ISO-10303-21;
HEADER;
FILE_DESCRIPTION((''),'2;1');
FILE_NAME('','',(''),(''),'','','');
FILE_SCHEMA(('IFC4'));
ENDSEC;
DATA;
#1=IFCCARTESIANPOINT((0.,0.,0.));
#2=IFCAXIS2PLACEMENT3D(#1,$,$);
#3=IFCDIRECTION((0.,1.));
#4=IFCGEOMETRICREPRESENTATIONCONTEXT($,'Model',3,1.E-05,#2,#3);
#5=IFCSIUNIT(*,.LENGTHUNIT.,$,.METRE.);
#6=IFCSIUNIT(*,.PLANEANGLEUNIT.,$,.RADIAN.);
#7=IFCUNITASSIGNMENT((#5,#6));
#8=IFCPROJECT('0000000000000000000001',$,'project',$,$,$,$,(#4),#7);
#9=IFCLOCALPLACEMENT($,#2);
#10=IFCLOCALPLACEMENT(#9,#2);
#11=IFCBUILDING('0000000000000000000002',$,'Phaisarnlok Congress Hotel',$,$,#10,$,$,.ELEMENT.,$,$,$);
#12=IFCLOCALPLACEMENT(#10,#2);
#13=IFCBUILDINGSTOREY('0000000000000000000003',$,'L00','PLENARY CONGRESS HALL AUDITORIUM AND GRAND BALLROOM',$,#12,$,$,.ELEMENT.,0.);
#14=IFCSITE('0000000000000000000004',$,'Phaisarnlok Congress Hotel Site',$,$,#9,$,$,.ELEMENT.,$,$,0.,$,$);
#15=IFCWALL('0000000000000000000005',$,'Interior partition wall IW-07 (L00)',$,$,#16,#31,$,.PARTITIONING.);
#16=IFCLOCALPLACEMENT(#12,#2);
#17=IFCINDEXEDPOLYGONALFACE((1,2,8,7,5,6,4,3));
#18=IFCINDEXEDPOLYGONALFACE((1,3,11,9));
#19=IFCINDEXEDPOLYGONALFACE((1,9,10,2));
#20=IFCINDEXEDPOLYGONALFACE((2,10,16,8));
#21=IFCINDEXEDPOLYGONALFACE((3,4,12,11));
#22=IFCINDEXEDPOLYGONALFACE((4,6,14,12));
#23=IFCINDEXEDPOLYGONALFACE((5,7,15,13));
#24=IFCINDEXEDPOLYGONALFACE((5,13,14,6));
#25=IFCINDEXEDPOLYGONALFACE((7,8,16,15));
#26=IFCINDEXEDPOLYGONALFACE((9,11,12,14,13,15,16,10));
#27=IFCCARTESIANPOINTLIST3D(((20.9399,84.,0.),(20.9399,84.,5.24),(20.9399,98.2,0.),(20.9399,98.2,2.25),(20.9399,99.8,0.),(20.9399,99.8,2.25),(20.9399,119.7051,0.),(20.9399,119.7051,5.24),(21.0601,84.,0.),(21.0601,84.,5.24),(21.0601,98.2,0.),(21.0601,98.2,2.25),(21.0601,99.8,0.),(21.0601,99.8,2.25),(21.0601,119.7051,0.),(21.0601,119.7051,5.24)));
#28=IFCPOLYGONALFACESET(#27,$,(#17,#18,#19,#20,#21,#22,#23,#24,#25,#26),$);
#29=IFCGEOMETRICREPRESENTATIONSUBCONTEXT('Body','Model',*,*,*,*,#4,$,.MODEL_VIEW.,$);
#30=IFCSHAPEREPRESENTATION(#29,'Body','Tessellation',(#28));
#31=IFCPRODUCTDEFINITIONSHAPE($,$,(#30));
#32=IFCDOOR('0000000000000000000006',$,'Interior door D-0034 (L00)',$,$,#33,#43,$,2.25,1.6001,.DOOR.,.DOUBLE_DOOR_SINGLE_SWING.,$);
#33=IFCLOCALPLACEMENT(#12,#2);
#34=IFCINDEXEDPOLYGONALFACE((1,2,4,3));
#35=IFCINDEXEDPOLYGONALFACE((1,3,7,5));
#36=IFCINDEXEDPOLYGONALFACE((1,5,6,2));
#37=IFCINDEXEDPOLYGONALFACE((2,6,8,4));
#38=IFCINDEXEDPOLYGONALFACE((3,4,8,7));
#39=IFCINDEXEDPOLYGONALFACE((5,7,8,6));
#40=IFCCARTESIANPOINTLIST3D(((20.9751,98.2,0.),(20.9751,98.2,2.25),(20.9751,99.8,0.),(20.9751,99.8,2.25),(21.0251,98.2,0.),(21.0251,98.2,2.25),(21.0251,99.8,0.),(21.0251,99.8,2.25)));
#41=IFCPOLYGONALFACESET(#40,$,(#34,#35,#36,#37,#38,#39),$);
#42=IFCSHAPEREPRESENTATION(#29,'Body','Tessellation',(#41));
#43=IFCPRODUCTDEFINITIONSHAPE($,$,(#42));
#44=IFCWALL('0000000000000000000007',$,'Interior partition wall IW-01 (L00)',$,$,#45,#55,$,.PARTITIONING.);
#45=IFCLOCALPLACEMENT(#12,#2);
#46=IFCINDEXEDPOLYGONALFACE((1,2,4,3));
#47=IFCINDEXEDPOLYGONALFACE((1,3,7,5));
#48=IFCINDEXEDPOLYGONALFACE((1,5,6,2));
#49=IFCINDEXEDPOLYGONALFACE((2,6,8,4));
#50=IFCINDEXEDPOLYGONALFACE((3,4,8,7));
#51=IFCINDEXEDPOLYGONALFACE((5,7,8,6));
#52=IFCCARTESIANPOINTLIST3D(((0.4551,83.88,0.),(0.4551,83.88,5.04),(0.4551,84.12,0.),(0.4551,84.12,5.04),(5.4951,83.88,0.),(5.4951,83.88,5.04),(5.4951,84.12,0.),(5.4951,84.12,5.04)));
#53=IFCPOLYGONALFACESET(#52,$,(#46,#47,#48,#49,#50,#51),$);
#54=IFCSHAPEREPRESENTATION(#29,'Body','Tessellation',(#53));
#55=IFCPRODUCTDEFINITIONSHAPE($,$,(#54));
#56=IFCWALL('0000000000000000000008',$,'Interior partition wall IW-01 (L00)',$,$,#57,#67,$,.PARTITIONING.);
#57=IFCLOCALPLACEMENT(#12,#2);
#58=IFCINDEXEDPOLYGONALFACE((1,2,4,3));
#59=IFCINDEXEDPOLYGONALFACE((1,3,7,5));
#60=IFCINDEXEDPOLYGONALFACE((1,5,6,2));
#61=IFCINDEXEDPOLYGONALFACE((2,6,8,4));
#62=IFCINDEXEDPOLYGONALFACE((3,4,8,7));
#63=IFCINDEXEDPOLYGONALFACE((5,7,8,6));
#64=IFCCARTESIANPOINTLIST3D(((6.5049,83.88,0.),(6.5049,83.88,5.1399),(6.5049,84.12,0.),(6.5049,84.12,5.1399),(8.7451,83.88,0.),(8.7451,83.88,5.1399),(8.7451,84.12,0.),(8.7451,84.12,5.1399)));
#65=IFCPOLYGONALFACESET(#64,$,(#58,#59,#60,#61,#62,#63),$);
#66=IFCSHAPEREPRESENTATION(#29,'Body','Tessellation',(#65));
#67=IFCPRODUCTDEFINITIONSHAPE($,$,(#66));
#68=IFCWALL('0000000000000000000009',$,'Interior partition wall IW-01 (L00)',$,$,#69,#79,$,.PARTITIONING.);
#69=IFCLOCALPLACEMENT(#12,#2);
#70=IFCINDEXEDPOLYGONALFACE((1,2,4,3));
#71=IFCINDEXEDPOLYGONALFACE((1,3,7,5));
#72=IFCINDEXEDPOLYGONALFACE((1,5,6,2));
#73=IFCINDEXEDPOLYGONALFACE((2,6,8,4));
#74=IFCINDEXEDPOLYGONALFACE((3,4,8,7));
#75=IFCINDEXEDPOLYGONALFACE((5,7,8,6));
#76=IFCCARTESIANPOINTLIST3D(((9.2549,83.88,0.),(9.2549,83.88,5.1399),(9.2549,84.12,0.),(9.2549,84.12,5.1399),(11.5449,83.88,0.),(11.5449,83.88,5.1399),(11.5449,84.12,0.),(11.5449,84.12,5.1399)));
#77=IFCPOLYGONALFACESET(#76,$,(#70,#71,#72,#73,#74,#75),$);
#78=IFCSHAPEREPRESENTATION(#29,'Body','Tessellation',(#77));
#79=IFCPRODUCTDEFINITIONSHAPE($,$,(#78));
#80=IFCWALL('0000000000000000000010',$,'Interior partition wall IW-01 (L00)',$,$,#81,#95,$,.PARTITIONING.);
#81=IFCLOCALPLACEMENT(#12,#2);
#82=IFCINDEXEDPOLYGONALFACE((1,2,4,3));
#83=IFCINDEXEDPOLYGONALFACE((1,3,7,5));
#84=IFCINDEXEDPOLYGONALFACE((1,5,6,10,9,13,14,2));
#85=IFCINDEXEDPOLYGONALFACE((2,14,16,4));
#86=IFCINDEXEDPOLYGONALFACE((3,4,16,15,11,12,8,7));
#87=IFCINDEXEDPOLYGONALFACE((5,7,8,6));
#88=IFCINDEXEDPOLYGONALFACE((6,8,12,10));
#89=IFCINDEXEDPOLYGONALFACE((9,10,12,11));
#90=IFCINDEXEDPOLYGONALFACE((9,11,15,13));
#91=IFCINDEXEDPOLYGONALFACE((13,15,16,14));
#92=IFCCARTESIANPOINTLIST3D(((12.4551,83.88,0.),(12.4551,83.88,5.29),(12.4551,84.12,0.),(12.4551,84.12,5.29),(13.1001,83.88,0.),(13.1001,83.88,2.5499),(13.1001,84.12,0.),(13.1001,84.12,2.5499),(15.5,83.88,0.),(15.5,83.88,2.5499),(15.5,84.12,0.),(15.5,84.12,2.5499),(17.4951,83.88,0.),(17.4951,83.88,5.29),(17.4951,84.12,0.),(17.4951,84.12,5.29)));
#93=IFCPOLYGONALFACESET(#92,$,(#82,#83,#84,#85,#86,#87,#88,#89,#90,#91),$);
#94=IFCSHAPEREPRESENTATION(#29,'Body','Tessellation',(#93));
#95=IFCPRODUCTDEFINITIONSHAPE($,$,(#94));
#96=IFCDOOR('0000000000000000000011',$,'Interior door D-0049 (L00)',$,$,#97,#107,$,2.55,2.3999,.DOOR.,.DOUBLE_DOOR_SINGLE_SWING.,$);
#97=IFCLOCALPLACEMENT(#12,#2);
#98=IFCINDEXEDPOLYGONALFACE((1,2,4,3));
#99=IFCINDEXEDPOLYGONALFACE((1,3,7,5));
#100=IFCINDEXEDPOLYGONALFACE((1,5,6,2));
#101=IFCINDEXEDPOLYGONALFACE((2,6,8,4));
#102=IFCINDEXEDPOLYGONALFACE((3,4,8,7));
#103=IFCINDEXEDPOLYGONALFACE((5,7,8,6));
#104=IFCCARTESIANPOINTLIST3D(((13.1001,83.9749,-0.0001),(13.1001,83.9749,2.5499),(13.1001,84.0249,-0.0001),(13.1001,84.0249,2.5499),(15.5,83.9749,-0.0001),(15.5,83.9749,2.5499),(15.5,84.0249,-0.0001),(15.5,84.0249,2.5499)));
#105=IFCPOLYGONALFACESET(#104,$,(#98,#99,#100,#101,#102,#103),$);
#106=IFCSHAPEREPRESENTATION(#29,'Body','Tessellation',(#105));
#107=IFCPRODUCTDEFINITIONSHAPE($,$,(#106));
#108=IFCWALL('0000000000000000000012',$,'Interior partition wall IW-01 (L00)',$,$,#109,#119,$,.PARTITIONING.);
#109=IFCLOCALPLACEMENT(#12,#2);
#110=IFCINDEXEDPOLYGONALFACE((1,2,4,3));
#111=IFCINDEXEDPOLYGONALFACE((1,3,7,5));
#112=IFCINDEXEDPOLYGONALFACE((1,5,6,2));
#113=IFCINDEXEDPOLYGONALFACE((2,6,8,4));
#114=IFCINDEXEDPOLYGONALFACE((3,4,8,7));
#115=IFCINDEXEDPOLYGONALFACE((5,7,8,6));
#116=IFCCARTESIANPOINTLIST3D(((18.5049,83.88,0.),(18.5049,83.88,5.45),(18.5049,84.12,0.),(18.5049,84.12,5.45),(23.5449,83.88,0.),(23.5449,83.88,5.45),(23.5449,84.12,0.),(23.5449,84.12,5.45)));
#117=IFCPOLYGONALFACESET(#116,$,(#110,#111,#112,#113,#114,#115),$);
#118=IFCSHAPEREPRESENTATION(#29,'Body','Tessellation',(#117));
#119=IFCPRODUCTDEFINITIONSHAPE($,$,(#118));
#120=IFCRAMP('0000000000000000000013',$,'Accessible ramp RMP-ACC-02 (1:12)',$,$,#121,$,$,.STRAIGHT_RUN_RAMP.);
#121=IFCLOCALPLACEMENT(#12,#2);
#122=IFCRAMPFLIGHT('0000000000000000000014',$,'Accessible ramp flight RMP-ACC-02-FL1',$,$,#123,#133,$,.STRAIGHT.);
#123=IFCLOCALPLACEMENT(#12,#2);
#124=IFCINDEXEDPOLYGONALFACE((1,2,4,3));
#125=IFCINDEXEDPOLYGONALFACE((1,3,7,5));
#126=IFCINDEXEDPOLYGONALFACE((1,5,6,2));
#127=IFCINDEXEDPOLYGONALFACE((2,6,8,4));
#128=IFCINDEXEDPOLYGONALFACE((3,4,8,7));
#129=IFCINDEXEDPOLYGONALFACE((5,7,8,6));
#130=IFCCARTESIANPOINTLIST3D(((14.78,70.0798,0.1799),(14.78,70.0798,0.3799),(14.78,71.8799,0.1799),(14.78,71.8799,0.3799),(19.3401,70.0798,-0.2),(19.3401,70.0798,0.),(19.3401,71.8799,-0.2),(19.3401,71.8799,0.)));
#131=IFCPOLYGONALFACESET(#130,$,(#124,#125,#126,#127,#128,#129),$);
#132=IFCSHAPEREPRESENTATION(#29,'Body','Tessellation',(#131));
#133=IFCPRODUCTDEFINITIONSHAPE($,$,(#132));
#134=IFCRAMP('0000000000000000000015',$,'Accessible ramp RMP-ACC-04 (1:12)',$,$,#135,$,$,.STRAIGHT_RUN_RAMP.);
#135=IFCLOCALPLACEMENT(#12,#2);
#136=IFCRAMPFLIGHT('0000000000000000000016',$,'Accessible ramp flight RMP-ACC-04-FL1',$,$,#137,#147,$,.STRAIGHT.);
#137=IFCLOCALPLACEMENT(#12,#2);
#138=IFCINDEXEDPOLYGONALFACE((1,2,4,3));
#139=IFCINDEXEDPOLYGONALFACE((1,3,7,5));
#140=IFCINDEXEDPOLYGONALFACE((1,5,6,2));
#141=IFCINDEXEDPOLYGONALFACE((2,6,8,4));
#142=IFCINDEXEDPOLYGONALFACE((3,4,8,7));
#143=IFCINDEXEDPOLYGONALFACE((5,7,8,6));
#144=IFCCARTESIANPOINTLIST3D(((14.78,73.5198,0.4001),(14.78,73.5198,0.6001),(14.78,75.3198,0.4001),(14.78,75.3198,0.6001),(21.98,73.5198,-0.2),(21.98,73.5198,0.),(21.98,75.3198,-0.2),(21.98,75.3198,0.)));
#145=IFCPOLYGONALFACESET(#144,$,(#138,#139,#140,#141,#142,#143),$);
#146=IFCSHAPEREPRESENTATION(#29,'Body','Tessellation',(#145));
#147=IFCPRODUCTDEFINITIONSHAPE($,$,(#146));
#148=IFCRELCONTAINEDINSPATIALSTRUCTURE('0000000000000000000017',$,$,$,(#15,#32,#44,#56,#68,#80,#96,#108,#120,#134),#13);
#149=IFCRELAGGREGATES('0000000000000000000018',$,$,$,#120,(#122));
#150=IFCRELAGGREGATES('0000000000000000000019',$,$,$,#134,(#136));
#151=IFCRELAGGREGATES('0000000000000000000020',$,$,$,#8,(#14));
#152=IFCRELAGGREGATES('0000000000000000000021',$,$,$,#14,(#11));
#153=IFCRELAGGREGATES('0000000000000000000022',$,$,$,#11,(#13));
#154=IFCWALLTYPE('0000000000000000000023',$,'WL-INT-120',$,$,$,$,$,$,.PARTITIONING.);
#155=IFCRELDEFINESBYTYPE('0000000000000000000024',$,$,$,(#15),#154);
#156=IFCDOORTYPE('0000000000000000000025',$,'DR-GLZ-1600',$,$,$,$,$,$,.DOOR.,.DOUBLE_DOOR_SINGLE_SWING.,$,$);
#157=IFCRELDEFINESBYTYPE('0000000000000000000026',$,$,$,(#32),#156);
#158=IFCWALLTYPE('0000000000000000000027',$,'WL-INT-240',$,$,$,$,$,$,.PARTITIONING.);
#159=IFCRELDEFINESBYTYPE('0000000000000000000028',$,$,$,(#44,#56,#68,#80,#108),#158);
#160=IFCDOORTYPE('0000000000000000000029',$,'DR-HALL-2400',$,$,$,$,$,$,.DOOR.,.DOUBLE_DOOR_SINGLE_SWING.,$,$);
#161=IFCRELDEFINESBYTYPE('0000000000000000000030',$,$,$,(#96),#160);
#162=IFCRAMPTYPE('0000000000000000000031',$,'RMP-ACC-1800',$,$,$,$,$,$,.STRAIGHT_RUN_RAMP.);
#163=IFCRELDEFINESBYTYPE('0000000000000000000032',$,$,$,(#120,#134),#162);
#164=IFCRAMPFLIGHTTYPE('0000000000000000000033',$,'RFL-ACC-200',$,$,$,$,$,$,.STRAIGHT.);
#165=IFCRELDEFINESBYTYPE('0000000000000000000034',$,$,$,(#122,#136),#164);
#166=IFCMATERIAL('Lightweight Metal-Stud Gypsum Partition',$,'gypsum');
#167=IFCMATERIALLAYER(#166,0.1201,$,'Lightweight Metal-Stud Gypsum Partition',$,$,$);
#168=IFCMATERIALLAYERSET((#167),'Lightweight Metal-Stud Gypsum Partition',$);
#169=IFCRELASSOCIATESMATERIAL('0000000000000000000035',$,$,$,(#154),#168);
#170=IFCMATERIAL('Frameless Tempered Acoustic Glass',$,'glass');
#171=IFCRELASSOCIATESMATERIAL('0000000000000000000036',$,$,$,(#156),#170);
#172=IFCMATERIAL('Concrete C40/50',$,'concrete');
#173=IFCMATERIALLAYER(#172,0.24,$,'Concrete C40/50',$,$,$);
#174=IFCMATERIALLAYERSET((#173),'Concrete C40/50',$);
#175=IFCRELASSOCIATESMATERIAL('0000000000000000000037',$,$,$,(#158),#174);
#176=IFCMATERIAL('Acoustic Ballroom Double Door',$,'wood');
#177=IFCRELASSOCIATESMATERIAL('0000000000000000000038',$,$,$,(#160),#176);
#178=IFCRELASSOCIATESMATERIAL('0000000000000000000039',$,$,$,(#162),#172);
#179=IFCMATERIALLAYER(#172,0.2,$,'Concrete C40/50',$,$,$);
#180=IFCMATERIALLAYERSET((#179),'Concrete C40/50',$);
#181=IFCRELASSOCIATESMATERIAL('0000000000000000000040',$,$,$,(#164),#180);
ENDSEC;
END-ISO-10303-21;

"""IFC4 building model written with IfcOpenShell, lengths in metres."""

from ifc_helpers import new_model, si_unit, direction, frame, frame_2d, origin, place, context, subcontext, project, spatial, polyline, rectangle, outline, extrude, material, layer, layer_set, type_object, element, fill, aggregate, save


model = new_model("IFC4")

# Units and contexts
model_context = context("Model", 3, precision=1e-05, world=origin(), true_north=direction((0.0, 1.0)))
body_context = subcontext(model_context, "Body", "Model", "MODEL_VIEW")
ifc_project = project(units=[si_unit("LENGTHUNIT", "METRE"), si_unit("PLANEANGLEUNIT", "RADIAN")], contexts=[model_context])

# Site, building, storey
site_placement = place(None, origin())
site = spatial("IfcSite", under=ifc_project, at=site_placement, Name="Phaisarnlok Congress Hotel Site", CompositionType="ELEMENT", RefElevation=0.0)
building_placement = place(site_placement, origin())
building = spatial("IfcBuilding", under=site, at=building_placement, Name="Phaisarnlok Congress Hotel", CompositionType="ELEMENT")
storey_placement = place(building_placement, origin())
storey = spatial("IfcBuildingStorey", under=building, at=storey_placement, Name="L00", Description="PLENARY CONGRESS HALL AUDITORIUM AND GRAND BALLROOM", CompositionType="ELEMENT", Elevation=0.0)

# Shared definitions
ifc_material_1 = material(Name="Concrete C40/50", Category="concrete")

# Wall, opening, door
ifc_material_2 = material(Name="Lightweight Metal-Stud Gypsum Partition", Category="gypsum")
ifc_layer_1 = layer(ifc_material_2, 0.1201, Name="Lightweight Metal-Stud Gypsum Partition")
ifc_layer_set_1 = layer_set([ifc_layer_1], Name="Lightweight Metal-Stud Gypsum Partition")
wall_type_1 = type_object("IfcWallType", Name="WL-INT-120", PredefinedType="PARTITIONING", material=ifc_layer_set_1)
wall_1_placement = place(storey_placement, frame((21.0, 84.0, 0.0), z_axis=(0.0, 0.0, 1.0), x_axis=(0.0, 1.0, 0.0)))
wall_1 = element("IfcWall", 1, at=wall_1_placement, inside=storey, type_object=wall_type_1, Name="Interior partition wall IW-07 (L00)", PredefinedType="PARTITIONING", context=body_context, shape_type="SweptSolid", body=[
    extrude(rectangle(XDim=35.7051, YDim=0.1201, at=frame_2d((17.8525, 0.0))), origin(), (0.0, 0.0, 1.0), 5.24),
])
opening_1_placement = place(wall_1_placement, frame((14.2, 0.0, 0.0)))
opening_1 = element("IfcOpeningElement", 2, at=opening_1_placement, cuts=wall_1, PredefinedType="OPENING", context=body_context, shape_type="SweptSolid", body=[
    extrude(rectangle(XDim=1.6001, YDim=2.25, at=frame_2d((0.8, 1.125))), frame((0.0, 0.0701, 0.0), z_axis=(0.0, -1.0, 0.0), x_axis=(1.0, 0.0, 0.0)), (0.0, 0.0, 1.0), 0.1401),
])
ifc_material_3 = material(Name="Frameless Tempered Acoustic Glass", Category="glass")
door_type_1 = type_object("IfcDoorType", Name="DR-GLZ-1600", OperationType="DOUBLE_DOOR_SINGLE_SWING", PredefinedType="DOOR", material=ifc_material_3)
door_1_placement = place(opening_1_placement, origin())
door_1 = element("IfcDoor", 3, at=door_1_placement, inside=storey, type_object=door_type_1, Name="Interior door D-0034 (L00)", OperationType="DOUBLE_DOOR_SINGLE_SWING", OverallHeight=2.25, OverallWidth=1.6001, PredefinedType="DOOR", context=body_context, shape_type="SweptSolid", body=[
    extrude(rectangle(XDim=1.6001, YDim=2.25, at=frame_2d((0.8, 1.125))), frame((0.0, 0.0249, 0.0), z_axis=(0.0, -1.0, 0.0), x_axis=(1.0, 0.0, 0.0)), (0.0, 0.0, 1.0), 0.05),
])
fill(opening_1, door_1)

# Walls
ifc_layer_2 = layer(ifc_material_1, 0.24, Name="Concrete C40/50")
ifc_layer_set_2 = layer_set([ifc_layer_2], Name="Concrete C40/50")
wall_type_2 = type_object("IfcWallType", Name="WL-INT-240", PredefinedType="PARTITIONING", material=ifc_layer_set_2)
wall_2_placement = place(storey_placement, frame((0.4551, 84.0, 0.0), z_axis=(0.0, 0.0, 1.0), x_axis=(1.0, 0.0, 0.0)))
element("IfcWall", 4, at=wall_2_placement, inside=storey, type_object=wall_type_2, Name="Interior partition wall IW-01 (L00)", PredefinedType="PARTITIONING", context=body_context, shape_type="SweptSolid", body=[
    extrude(rectangle(XDim=5.04, YDim=0.24, at=frame_2d((2.52, 0.0))), origin(), (0.0, 0.0, 1.0), 5.04),
])
wall_3_placement = place(storey_placement, frame((6.5049, 84.0, 0.0), z_axis=(0.0, 0.0, 1.0), x_axis=(1.0, 0.0, 0.0)))
element("IfcWall", 5, at=wall_3_placement, inside=storey, type_object=wall_type_2, Name="Interior partition wall IW-01 (L00)", PredefinedType="PARTITIONING", context=body_context, shape_type="SweptSolid", body=[
    extrude(rectangle(XDim=2.2402, YDim=0.24, at=frame_2d((1.1201, 0.0))), origin(), (0.0, 0.0, 1.0), 5.1399),
])
wall_4_placement = place(storey_placement, frame((9.2549, 84.0, 0.0), z_axis=(0.0, 0.0, 1.0), x_axis=(1.0, 0.0, 0.0)))
element("IfcWall", 6, at=wall_4_placement, inside=storey, type_object=wall_type_2, Name="Interior partition wall IW-01 (L00)", PredefinedType="PARTITIONING", context=body_context, shape_type="SweptSolid", body=[
    extrude(rectangle(XDim=2.29, YDim=0.24, at=frame_2d((1.145, 0.0))), origin(), (0.0, 0.0, 1.0), 5.1399),
])

# Wall, opening, door
wall_5_placement = place(storey_placement, frame((12.4551, 84.0, 0.0), z_axis=(0.0, 0.0, 1.0), x_axis=(1.0, 0.0, 0.0)))
wall_5 = element("IfcWall", 7, at=wall_5_placement, inside=storey, type_object=wall_type_2, Name="Interior partition wall IW-01 (L00)", PredefinedType="PARTITIONING", context=body_context, shape_type="SweptSolid", body=[
    extrude(rectangle(XDim=5.04, YDim=0.24, at=frame_2d((2.52, 0.0))), origin(), (0.0, 0.0, 1.0), 5.29),
])
opening_2_placement = place(wall_5_placement, frame((0.645, 0.0, 0.0)))
opening_2 = element("IfcOpeningElement", 8, at=opening_2_placement, cuts=wall_5, PredefinedType="OPENING", context=body_context, shape_type="SweptSolid", body=[
    extrude(rectangle(XDim=2.3999, YDim=2.55, at=frame_2d((1.2, 1.2749))), frame((0.0, 0.1299, 0.0), z_axis=(0.0, -1.0, 0.0), x_axis=(1.0, 0.0, 0.0)), (0.0, 0.0, 1.0), 0.26),
])
ifc_material_4 = material(Name="Acoustic Ballroom Double Door", Category="wood")
door_type_2 = type_object("IfcDoorType", Name="DR-HALL-2400", OperationType="DOUBLE_DOOR_SINGLE_SWING", PredefinedType="DOOR", material=ifc_material_4)
door_2_placement = place(opening_2_placement, origin())
door_2 = element("IfcDoor", 9, at=door_2_placement, inside=storey, type_object=door_type_2, Name="Interior door D-0049 (L00)", OperationType="DOUBLE_DOOR_SINGLE_SWING", OverallHeight=2.55, OverallWidth=2.3999, PredefinedType="DOOR", context=body_context, shape_type="SweptSolid", body=[
    extrude(rectangle(XDim=2.3999, YDim=2.55, at=frame_2d((1.2, 1.2749))), frame((0.0, 0.0249, 0.0), z_axis=(0.0, -1.0, 0.0), x_axis=(1.0, 0.0, 0.0)), (0.0, 0.0, 1.0), 0.05),
])
fill(opening_2, door_2)

# Wall
wall_6_placement = place(storey_placement, frame((18.5049, 84.0, 0.0), z_axis=(0.0, 0.0, 1.0), x_axis=(1.0, 0.0, 0.0)))
element("IfcWall", 10, at=wall_6_placement, inside=storey, type_object=wall_type_2, Name="Interior partition wall IW-01 (L00)", PredefinedType="PARTITIONING", context=body_context, shape_type="SweptSolid", body=[
    extrude(rectangle(XDim=5.04, YDim=0.24, at=frame_2d((2.52, 0.0))), origin(), (0.0, 0.0, 1.0), 5.45),
])

# Ramps, ramp flights
ramp_type = type_object("IfcRampType", Name="RMP-ACC-1800", PredefinedType="STRAIGHT_RUN_RAMP", material=ifc_material_1)
ramp_1_placement = place(storey_placement, origin())
ramp_1 = element("IfcRamp", 11, at=ramp_1_placement, inside=storey, type_object=ramp_type, Name="Accessible ramp RMP-ACC-02 (1:12)", PredefinedType="STRAIGHT_RUN_RAMP")
ifc_layer_3 = layer(ifc_material_1, 0.2, Name="Concrete C40/50")
ifc_layer_set_3 = layer_set([ifc_layer_3], Name="Concrete C40/50")
ramp_flight_type = type_object("IfcRampFlightType", Name="RFL-ACC-200", PredefinedType="STRAIGHT", material=ifc_layer_set_3)
ramp_flight_1_placement = place(storey_placement, frame((14.78, 70.98, 0.3799), z_axis=(0.0, 0.0, 1.0), x_axis=(1.0, 0.0, 0.0)))
ramp_flight_1 = element("IfcRampFlight", 12, at=ramp_flight_1_placement, type_object=ramp_flight_type, Name="Accessible ramp flight RMP-ACC-02-FL1", PredefinedType="STRAIGHT", context=body_context, shape_type="SweptSolid", body=[
    extrude(outline(polyline([(0.0, -0.2), (4.5601, -0.5798), (4.5601, -0.3799), (0.0, 0.0), (0.0, -0.2)])), frame((0.0, 0.8999, 0.0), z_axis=(0.0, -1.0, 0.0), x_axis=(1.0, 0.0, 0.0)), (0.0, 0.0, 1.0), 1.8),
])
aggregate(ramp_1, [ramp_flight_1])
ramp_2_placement = place(storey_placement, origin())
ramp_2 = element("IfcRamp", 13, at=ramp_2_placement, inside=storey, type_object=ramp_type, Name="Accessible ramp RMP-ACC-04 (1:12)", PredefinedType="STRAIGHT_RUN_RAMP")
ramp_flight_2_placement = place(storey_placement, frame((14.78, 74.4199, 0.6001), z_axis=(0.0, 0.0, 1.0), x_axis=(1.0, 0.0, 0.0)))
ramp_flight_2 = element("IfcRampFlight", 14, at=ramp_flight_2_placement, type_object=ramp_flight_type, Name="Accessible ramp flight RMP-ACC-04-FL1", PredefinedType="STRAIGHT", context=body_context, shape_type="SweptSolid", body=[
    extrude(outline(polyline([(0.0, -0.2), (7.2, -0.8), (7.2, -0.6001), (0.0, 0.0), (0.0, -0.2)])), frame((0.0, 0.8999, 0.0), z_axis=(0.0, -1.0, 0.0), x_axis=(1.0, 0.0, 0.0)), (0.0, 0.0, 1.0), 1.8),
])
aggregate(ramp_2, [ramp_flight_2])

save(model, "model.ifc")
